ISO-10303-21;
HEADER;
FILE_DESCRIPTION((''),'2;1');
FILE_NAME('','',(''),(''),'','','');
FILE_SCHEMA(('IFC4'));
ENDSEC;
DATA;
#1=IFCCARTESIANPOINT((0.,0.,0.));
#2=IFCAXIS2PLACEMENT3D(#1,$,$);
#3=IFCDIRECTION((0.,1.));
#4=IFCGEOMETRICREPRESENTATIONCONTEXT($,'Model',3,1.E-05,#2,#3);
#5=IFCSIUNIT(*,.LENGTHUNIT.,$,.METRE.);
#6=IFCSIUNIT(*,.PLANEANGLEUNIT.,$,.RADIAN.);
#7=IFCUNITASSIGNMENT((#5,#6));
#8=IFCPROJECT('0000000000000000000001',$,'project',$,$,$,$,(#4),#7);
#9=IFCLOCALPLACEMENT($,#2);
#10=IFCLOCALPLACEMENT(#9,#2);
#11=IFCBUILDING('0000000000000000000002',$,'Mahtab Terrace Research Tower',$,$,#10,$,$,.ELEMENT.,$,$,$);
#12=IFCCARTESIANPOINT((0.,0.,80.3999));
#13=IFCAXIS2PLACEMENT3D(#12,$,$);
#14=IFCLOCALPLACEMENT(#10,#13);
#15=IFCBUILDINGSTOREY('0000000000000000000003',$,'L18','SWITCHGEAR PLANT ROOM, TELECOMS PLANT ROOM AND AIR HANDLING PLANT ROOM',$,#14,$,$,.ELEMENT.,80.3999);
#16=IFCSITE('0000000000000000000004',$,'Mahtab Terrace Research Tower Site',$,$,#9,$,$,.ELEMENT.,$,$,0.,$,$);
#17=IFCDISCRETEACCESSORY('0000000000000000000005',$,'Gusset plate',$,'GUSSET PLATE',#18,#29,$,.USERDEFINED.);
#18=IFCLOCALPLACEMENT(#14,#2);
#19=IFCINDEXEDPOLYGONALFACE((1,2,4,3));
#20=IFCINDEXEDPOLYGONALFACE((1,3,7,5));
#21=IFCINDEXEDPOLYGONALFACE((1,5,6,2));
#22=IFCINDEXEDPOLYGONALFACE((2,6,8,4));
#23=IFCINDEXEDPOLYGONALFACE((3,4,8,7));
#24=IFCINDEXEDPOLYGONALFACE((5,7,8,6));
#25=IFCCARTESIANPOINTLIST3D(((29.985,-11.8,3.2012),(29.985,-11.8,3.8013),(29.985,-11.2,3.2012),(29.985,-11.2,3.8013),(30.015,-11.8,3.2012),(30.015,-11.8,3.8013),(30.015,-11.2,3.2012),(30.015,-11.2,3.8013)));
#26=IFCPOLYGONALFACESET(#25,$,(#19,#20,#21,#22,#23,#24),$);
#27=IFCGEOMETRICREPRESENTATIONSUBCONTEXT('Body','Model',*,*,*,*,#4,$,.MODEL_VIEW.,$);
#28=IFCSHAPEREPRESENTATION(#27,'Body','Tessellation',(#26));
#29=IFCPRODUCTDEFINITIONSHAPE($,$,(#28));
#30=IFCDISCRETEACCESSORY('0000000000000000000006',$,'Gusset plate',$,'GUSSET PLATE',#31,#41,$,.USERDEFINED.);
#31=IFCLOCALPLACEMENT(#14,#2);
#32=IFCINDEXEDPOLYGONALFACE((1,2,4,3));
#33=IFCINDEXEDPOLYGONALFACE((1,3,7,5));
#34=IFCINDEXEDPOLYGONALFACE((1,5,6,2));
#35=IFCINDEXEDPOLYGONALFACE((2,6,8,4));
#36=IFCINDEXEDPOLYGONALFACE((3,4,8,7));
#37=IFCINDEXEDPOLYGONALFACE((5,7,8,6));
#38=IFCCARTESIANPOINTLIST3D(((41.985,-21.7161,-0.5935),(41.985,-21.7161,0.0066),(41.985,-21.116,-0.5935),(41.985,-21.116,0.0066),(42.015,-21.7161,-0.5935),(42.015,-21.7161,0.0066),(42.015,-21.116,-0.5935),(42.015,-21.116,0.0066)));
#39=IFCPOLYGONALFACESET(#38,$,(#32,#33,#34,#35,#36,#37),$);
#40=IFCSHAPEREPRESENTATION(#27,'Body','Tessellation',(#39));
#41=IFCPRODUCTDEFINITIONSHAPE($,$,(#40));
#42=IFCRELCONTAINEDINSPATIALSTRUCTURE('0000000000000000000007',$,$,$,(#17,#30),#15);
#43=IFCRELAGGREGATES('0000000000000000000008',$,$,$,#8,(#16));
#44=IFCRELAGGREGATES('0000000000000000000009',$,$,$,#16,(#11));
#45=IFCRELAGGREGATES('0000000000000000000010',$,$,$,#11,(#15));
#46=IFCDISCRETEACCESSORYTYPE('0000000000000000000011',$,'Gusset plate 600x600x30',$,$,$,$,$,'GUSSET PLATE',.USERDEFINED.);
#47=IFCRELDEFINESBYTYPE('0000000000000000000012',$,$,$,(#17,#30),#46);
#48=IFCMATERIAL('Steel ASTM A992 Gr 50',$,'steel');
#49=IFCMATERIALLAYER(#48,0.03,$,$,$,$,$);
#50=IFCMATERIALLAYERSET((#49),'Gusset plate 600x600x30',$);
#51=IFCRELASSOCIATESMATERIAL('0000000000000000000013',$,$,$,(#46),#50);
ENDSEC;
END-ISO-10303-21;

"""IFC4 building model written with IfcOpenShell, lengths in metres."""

from ifc_helpers import new_model, si_unit, direction, frame, origin, origin_2d, place, context, subcontext, project, spatial, rectangle, extrude, material, layer, layer_set, type_object, element, save


model = new_model("IFC4")

# Units and contexts
model_context = context("Model", 3, precision=1e-05, world=origin(), true_north=direction((0.0, 1.0)))
body_context = subcontext(model_context, "Body", "Model", "MODEL_VIEW")
ifc_project = project(units=[si_unit("LENGTHUNIT", "METRE"), si_unit("PLANEANGLEUNIT", "RADIAN")], contexts=[model_context])

# Site, building, storey
site_placement = place(None, origin())
site = spatial("IfcSite", under=ifc_project, at=site_placement, Name="Mahtab Terrace Research Tower Site", CompositionType="ELEMENT", RefElevation=0.0)
building_placement = place(site_placement, origin())
building = spatial("IfcBuilding", under=site, at=building_placement, Name="Mahtab Terrace Research Tower", CompositionType="ELEMENT")
storey_placement = place(building_placement, frame((0.0, 0.0, 80.3999)))
storey = spatial("IfcBuildingStorey", under=building, at=storey_placement, Name="L18", Description="SWITCHGEAR PLANT ROOM, TELECOMS PLANT ROOM AND AIR HANDLING PLANT ROOM", CompositionType="ELEMENT", Elevation=80.3999)

# Shared definitions
ifc_material_1 = material(Name="Steel ASTM A992 Gr 50", Category="steel")

# Discrete accessories
ifc_layer_1 = layer(ifc_material_1, 0.03)
ifc_layer_set_1 = layer_set([ifc_layer_1], Name="Gusset plate 600x600x30")
discrete_accessory_type = type_object("IfcDiscreteAccessoryType", Name="Gusset plate 600x600x30", ElementType="GUSSET PLATE", PredefinedType="USERDEFINED", material=ifc_layer_set_1)
for number, where, z_axis, x_axis, name in (
    (1, (30.0, -11.5, 3.2012), (0.0, 0.0, 1.0), (0.0, 1.0, 0.0), "Gusset plate"),
    (2, (42.0, -21.416, -0.5935), (0.0, 0.0, 1.0), (0.0, 1.0, 0.0), "Gusset plate"),
):
    element("IfcDiscreteAccessory", number, at=place(storey_placement, frame(where, z_axis=z_axis, x_axis=x_axis)), inside=storey, type_object=discrete_accessory_type, Name=name, ObjectType="GUSSET PLATE", PredefinedType="USERDEFINED", context=body_context, shape_type="SweptSolid", body=[
        extrude(rectangle(XDim=0.6001, YDim=0.03, at=origin_2d()), origin(), (0.0, 0.0, 1.0), 0.6001),
    ])

save(model, "model.ifc")
